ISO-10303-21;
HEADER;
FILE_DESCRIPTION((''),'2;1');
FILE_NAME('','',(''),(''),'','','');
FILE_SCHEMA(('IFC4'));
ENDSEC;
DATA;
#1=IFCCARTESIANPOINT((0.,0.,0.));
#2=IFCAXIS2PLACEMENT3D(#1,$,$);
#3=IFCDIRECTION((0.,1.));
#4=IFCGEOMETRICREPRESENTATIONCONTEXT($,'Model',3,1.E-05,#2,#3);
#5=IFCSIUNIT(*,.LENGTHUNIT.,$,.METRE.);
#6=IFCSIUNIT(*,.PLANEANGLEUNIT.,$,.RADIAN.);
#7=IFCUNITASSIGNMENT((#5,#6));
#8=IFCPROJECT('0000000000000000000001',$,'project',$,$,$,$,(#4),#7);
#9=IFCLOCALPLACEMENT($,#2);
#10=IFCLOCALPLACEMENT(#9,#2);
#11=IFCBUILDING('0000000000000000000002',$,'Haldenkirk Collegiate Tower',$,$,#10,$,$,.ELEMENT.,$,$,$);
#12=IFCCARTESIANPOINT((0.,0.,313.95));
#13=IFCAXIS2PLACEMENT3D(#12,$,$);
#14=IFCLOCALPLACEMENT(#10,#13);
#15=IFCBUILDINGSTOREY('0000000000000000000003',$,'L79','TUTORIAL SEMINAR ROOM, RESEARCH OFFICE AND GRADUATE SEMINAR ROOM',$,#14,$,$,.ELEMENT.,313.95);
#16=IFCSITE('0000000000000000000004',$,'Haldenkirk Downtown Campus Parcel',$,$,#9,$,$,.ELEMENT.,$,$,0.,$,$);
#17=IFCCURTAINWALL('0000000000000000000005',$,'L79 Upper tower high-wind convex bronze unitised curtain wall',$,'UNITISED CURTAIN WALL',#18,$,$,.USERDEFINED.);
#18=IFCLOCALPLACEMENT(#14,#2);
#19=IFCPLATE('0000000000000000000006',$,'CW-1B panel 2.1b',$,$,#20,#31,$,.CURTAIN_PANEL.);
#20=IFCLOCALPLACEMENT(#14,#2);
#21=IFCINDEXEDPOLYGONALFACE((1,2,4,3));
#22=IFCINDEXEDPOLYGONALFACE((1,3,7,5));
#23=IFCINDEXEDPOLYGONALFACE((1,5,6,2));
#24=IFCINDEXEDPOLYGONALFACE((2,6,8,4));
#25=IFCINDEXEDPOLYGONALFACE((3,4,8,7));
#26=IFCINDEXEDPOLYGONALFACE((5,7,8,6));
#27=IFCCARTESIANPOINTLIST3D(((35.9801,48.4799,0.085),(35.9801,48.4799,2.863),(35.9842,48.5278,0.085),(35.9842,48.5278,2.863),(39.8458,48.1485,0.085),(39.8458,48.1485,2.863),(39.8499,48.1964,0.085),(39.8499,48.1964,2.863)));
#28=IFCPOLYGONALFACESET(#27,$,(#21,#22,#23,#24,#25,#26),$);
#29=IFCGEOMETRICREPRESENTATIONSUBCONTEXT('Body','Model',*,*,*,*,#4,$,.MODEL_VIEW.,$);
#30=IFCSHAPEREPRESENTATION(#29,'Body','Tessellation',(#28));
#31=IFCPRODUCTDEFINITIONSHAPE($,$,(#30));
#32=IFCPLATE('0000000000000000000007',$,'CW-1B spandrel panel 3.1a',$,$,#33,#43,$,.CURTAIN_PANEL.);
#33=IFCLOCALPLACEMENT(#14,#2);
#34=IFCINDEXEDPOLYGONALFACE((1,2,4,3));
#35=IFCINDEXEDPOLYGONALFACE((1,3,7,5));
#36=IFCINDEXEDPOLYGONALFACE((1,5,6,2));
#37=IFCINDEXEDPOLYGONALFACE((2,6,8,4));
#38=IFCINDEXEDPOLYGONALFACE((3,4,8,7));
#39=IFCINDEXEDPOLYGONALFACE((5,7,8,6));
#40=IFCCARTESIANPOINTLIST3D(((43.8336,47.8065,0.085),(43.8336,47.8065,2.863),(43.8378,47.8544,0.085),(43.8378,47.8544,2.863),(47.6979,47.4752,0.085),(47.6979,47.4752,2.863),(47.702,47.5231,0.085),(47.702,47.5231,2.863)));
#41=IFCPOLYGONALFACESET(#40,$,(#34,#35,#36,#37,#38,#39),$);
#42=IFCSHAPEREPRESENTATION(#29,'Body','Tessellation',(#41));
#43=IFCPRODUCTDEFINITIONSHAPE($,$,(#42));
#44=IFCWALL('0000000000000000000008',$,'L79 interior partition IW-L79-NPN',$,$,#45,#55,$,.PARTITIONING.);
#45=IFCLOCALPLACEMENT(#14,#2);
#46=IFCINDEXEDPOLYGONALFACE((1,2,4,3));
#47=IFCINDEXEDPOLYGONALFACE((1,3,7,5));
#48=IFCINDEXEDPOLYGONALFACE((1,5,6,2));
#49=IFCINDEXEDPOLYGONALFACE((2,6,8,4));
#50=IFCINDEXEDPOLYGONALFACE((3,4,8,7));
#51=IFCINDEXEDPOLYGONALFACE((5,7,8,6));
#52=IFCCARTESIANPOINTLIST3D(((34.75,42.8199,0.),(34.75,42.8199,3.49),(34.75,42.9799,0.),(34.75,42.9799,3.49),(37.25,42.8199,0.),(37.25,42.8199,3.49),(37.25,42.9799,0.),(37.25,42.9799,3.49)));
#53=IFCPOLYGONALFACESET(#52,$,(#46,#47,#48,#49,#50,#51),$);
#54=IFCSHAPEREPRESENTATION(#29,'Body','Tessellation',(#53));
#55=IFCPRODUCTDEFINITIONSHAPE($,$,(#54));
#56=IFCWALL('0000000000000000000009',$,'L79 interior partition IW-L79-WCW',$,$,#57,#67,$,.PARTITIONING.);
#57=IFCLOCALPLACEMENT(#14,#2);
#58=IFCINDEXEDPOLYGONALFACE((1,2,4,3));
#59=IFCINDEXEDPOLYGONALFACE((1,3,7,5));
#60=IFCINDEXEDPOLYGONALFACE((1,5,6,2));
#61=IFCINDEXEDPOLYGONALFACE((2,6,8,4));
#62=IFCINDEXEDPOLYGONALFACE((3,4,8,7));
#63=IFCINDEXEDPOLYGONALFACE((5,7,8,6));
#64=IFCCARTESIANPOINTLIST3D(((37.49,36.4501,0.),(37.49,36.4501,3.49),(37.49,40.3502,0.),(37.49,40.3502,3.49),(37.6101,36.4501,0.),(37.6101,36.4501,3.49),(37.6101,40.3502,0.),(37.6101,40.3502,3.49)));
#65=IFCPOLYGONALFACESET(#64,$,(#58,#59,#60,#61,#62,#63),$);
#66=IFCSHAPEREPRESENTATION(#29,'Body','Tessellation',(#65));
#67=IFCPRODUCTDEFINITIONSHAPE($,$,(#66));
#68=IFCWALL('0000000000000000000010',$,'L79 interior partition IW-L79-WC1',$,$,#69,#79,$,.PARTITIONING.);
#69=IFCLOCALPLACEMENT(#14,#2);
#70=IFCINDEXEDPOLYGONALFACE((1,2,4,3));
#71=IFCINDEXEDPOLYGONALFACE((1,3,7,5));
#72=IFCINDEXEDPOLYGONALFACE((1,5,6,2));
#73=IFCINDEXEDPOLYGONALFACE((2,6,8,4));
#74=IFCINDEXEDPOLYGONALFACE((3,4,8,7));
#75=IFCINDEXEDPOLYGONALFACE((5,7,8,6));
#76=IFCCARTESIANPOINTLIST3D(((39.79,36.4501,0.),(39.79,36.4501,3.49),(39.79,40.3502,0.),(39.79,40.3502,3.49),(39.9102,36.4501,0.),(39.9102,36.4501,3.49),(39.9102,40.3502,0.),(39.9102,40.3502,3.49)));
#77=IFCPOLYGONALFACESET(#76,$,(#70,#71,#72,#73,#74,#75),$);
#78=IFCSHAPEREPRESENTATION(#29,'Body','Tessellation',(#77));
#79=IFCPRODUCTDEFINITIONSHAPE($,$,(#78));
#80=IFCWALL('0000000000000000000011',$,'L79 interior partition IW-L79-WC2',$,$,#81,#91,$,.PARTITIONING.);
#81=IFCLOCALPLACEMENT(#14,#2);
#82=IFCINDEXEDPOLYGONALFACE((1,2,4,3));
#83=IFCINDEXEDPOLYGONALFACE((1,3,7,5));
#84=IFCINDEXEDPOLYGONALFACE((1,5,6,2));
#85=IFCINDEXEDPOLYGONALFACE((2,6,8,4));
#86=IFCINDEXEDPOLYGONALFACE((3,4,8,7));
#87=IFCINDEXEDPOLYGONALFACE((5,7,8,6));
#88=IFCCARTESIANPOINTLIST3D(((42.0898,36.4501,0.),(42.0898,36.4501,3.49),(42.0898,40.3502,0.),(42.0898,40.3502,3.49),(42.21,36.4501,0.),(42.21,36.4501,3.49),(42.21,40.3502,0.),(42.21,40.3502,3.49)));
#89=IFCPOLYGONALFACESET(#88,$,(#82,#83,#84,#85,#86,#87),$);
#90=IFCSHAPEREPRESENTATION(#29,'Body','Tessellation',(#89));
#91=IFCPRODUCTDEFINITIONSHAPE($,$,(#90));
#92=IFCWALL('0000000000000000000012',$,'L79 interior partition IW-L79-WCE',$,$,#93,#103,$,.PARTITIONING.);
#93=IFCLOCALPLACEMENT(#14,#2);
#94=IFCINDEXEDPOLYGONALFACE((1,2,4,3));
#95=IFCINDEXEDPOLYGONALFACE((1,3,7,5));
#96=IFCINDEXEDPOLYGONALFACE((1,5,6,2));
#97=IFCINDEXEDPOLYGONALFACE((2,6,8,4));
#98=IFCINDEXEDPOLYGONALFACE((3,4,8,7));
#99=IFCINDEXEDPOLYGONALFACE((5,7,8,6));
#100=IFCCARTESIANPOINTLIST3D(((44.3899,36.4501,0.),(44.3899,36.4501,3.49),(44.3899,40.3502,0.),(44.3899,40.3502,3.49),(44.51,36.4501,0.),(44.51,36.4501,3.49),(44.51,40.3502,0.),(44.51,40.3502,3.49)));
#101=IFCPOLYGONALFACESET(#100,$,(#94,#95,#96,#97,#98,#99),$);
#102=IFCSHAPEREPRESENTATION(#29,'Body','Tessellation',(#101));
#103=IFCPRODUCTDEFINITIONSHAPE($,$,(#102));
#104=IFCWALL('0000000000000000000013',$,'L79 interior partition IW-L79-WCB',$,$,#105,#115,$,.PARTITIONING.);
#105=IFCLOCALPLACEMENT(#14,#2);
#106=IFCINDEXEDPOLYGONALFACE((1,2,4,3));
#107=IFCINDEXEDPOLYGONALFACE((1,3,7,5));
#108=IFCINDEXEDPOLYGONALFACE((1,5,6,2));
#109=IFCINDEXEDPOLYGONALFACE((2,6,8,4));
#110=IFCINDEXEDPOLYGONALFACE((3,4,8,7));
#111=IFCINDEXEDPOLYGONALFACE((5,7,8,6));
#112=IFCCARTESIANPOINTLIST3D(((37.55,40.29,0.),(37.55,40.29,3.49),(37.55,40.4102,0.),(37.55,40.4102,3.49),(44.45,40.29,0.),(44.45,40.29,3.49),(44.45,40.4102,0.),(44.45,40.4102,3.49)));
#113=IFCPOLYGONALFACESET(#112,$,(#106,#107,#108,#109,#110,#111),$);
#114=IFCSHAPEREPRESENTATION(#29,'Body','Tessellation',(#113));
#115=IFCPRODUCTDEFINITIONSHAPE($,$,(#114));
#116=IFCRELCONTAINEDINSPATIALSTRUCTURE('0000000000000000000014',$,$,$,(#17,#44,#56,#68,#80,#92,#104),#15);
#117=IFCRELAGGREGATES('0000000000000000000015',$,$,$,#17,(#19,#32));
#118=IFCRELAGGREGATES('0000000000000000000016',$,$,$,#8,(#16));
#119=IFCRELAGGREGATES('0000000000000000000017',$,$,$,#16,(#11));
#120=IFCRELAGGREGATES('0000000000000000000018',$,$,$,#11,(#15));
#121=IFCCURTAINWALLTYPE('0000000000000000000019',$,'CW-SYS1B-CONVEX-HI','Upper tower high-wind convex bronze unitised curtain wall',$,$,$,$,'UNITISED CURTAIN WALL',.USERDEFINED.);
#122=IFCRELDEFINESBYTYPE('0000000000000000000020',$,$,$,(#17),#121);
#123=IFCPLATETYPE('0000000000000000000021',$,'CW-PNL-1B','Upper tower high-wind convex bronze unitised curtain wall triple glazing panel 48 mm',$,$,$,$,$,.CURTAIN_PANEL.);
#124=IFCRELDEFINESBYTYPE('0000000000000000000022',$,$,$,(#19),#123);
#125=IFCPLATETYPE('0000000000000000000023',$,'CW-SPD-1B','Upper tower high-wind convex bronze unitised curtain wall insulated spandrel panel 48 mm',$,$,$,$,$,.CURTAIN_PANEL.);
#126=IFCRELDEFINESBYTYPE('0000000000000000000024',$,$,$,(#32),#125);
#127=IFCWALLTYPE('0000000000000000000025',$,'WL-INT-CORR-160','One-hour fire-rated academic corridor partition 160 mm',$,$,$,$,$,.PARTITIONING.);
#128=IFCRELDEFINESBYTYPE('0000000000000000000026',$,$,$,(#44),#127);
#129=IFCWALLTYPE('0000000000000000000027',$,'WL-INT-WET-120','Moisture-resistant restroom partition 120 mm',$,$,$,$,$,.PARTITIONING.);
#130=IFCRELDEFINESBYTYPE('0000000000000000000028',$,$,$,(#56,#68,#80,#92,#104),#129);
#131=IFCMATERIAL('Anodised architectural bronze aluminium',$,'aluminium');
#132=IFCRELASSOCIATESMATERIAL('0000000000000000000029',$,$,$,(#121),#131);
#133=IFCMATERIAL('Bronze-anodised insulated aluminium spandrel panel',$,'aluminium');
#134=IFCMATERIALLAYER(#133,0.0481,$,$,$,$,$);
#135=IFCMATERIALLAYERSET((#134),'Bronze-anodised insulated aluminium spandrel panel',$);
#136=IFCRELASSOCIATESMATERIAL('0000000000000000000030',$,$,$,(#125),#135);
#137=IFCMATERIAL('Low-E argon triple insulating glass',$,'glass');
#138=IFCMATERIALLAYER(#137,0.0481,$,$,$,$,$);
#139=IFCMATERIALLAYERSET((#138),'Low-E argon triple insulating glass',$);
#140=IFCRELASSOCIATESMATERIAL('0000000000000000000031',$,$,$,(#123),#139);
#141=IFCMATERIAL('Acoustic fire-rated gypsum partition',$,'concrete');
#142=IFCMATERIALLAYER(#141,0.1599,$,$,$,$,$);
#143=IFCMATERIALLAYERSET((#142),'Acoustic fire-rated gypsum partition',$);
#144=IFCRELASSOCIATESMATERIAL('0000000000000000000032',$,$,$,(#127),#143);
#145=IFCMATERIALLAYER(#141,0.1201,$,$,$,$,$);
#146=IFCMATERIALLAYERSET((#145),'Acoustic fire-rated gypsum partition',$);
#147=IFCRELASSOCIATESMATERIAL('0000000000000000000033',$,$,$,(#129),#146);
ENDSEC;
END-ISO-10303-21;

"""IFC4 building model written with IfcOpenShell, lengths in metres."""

from ifc_helpers import new_model, si_unit, direction, frame, frame_2d, origin, origin_2d, place, context, subcontext, project, spatial, rectangle, extrude, source, transform, mapped, material, layer, layer_set, type_object, element, aggregate, save


model = new_model("IFC4")

# Units and contexts
model_context = context("Model", 3, precision=1e-05, world=origin(), true_north=direction((0.0, 1.0)))
body_context = subcontext(model_context, "Body", "Model", "MODEL_VIEW")
ifc_project = project(units=[si_unit("LENGTHUNIT", "METRE"), si_unit("PLANEANGLEUNIT", "RADIAN")], contexts=[model_context])

# Site, building, storey
site_placement = place(None, origin())
site = spatial("IfcSite", under=ifc_project, at=site_placement, Name="Haldenkirk Downtown Campus Parcel", CompositionType="ELEMENT", RefElevation=0.0)
building_placement = place(site_placement, origin())
building = spatial("IfcBuilding", under=site, at=building_placement, Name="Haldenkirk Collegiate Tower", CompositionType="ELEMENT")
storey_placement = place(building_placement, frame((0.0, 0.0, 313.95)))
storey = spatial("IfcBuildingStorey", under=building, at=storey_placement, Name="L79", Description="TUTORIAL SEMINAR ROOM, RESEARCH OFFICE AND GRADUATE SEMINAR ROOM", CompositionType="ELEMENT", Elevation=313.95)

# Curtain wall, plates
ifc_material_1 = material(Name="Anodised architectural bronze aluminium", Category="aluminium")
curtain_wall_type = type_object("IfcCurtainWallType", Name="CW-SYS1B-CONVEX-HI", Description="Upper tower high-wind convex bronze unitised curtain wall", ElementType="UNITISED CURTAIN WALL", PredefinedType="USERDEFINED", material=ifc_material_1)
curtain_wall_placement = place(storey_placement, origin())
curtain_wall = element("IfcCurtainWall", 1, at=curtain_wall_placement, inside=storey, type_object=curtain_wall_type, Name="L79 Upper tower high-wind convex bronze unitised curtain wall", ObjectType="UNITISED CURTAIN WALL", PredefinedType="USERDEFINED")
ifc_material_2 = material(Name="Bronze-anodised insulated aluminium spandrel panel", Category="aluminium")
ifc_layer_1 = layer(ifc_material_2, 0.0481)
ifc_layer_set_1 = layer_set([ifc_layer_1], Name="Bronze-anodised insulated aluminium spandrel panel")
plate_type_1 = type_object("IfcPlateType", Name="CW-SPD-1B", Description="Upper tower high-wind convex bronze unitised curtain wall insulated spandrel panel 48 mm", PredefinedType="CURTAIN_PANEL", material=ifc_layer_set_1)
ifc_material_3 = material(Name="Low-E argon triple insulating glass", Category="glass")
ifc_layer_2 = layer(ifc_material_3, 0.0481)
ifc_layer_set_2 = layer_set([ifc_layer_2], Name="Low-E argon triple insulating glass")
plate_type_2 = type_object("IfcPlateType", Name="CW-PNL-1B", Description="Upper tower high-wind convex bronze unitised curtain wall triple glazing panel 48 mm", PredefinedType="CURTAIN_PANEL", material=ifc_layer_set_2)
shared_shape_1 = source(origin(), body_context, "Body", "SweptSolid", [
    extrude(rectangle(XDim=3.8799, YDim=0.0481, at=origin_2d()), origin(), (0.0, 0.0, 1.0), 2.7781),
])
plate_1_placement = place(storey_placement, frame((37.915, 48.3381, 0.085), z_axis=(0.0, 0.0, 1.0), x_axis=(0.996345, -0.085418, 0.0)))
plate_1 = element("IfcPlate", 2, at=plate_1_placement, type_object=plate_type_2, Name="CW-1B panel 2.1b", PredefinedType="CURTAIN_PANEL", context=body_context, shape_type="MappedRepresentation", body=[
    mapped(shared_shape_1, transform((0.0, 0.0, 0.0), x_axis=(1.0, 0.0, 0.0), y_axis=(0.0, 1.0, 0.0), z_axis=(0.0, 0.0, 1.0), scale=1.0)),
])
shared_shape_2 = source(origin(), body_context, "Body", "SweptSolid", [
    extrude(rectangle(XDim=3.8784, YDim=0.0481, at=origin_2d()), origin(), (0.0, 0.0, 1.0), 2.7781),
])
plate_2_placement = place(storey_placement, frame((45.7678, 47.6648, 0.085), z_axis=(0.0, 0.0, 1.0), x_axis=(0.996345, -0.085418, 0.0)))
plate_2 = element("IfcPlate", 3, at=plate_2_placement, type_object=plate_type_1, Name="CW-1B spandrel panel 3.1a", PredefinedType="CURTAIN_PANEL", context=body_context, shape_type="MappedRepresentation", body=[
    mapped(shared_shape_2, transform((0.0, 0.0, 0.0), x_axis=(1.0, 0.0, 0.0), y_axis=(0.0, 1.0, 0.0), z_axis=(0.0, 0.0, 1.0), scale=1.0)),
])
aggregate(curtain_wall, [plate_1, plate_2])

# Walls
ifc_material_4 = material(Name="Acoustic fire-rated gypsum partition", Category="concrete")
ifc_layer_3 = layer(ifc_material_4, 0.1599)
ifc_layer_set_3 = layer_set([ifc_layer_3], Name="Acoustic fire-rated gypsum partition")
wall_type_1 = type_object("IfcWallType", Name="WL-INT-CORR-160", Description="One-hour fire-rated academic corridor partition 160 mm", PredefinedType="PARTITIONING", material=ifc_layer_set_3)
wall_1_placement = place(storey_placement, frame((34.75, 42.8999, 0.0), z_axis=(0.0, 0.0, 1.0), x_axis=(1.0, 0.0, 0.0)))
element("IfcWall", 4, at=wall_1_placement, inside=storey, type_object=wall_type_1, Name="L79 interior partition IW-L79-NPN", PredefinedType="PARTITIONING", context=body_context, shape_type="SweptSolid", body=[
    extrude(rectangle(XDim=2.5, YDim=0.1599, at=frame_2d((1.25, 0.0))), origin(), (0.0, 0.0, 1.0), 3.49),
])
ifc_layer_4 = layer(ifc_material_4, 0.1201)
ifc_layer_set_4 = layer_set([ifc_layer_4], Name="Acoustic fire-rated gypsum partition")
wall_type_2 = type_object("IfcWallType", Name="WL-INT-WET-120", Description="Moisture-resistant restroom partition 120 mm", PredefinedType="PARTITIONING", material=ifc_layer_set_4)
for number, where, z_axis, x_axis, name in (
    (5, (37.55, 36.45, 0.0), (0.0, 0.0, 1.0), (0.0, 1.0, 0.0), "L79 interior partition IW-L79-WCW"),
    (6, (39.8501, 36.45, 0.0), (0.0, 0.0, 1.0), (0.0, 1.0, 0.0), "L79 interior partition IW-L79-WC1"),
    (7, (42.1499, 36.45, 0.0), (0.0, 0.0, 1.0), (0.0, 1.0, 0.0), "L79 interior partition IW-L79-WC2"),
    (8, (44.45, 36.45, 0.0), (0.0, 0.0, 1.0), (0.0, 1.0, 0.0), "L79 interior partition IW-L79-WCE"),
):
    element("IfcWall", number, at=place(storey_placement, frame(where, z_axis=z_axis, x_axis=x_axis)), inside=storey, type_object=wall_type_2, Name=name, PredefinedType="PARTITIONING", context=body_context, shape_type="SweptSolid", body=[
        extrude(rectangle(XDim=3.9001, YDim=0.1201, at=frame_2d((1.9502, 0.0))), origin(), (0.0, 0.0, 1.0), 3.49),
    ])
wall_2_placement = place(storey_placement, frame((37.55, 40.3501, 0.0), z_axis=(0.0, 0.0, 1.0), x_axis=(1.0, 0.0, 0.0)))
element("IfcWall", 9, at=wall_2_placement, inside=storey, type_object=wall_type_2, Name="L79 interior partition IW-L79-WCB", PredefinedType="PARTITIONING", context=body_context, shape_type="SweptSolid", body=[
    extrude(rectangle(XDim=6.8999, YDim=0.1201, at=frame_2d((3.45, 0.0))), origin(), (0.0, 0.0, 1.0), 3.49),
])

save(model, "model.ifc")
